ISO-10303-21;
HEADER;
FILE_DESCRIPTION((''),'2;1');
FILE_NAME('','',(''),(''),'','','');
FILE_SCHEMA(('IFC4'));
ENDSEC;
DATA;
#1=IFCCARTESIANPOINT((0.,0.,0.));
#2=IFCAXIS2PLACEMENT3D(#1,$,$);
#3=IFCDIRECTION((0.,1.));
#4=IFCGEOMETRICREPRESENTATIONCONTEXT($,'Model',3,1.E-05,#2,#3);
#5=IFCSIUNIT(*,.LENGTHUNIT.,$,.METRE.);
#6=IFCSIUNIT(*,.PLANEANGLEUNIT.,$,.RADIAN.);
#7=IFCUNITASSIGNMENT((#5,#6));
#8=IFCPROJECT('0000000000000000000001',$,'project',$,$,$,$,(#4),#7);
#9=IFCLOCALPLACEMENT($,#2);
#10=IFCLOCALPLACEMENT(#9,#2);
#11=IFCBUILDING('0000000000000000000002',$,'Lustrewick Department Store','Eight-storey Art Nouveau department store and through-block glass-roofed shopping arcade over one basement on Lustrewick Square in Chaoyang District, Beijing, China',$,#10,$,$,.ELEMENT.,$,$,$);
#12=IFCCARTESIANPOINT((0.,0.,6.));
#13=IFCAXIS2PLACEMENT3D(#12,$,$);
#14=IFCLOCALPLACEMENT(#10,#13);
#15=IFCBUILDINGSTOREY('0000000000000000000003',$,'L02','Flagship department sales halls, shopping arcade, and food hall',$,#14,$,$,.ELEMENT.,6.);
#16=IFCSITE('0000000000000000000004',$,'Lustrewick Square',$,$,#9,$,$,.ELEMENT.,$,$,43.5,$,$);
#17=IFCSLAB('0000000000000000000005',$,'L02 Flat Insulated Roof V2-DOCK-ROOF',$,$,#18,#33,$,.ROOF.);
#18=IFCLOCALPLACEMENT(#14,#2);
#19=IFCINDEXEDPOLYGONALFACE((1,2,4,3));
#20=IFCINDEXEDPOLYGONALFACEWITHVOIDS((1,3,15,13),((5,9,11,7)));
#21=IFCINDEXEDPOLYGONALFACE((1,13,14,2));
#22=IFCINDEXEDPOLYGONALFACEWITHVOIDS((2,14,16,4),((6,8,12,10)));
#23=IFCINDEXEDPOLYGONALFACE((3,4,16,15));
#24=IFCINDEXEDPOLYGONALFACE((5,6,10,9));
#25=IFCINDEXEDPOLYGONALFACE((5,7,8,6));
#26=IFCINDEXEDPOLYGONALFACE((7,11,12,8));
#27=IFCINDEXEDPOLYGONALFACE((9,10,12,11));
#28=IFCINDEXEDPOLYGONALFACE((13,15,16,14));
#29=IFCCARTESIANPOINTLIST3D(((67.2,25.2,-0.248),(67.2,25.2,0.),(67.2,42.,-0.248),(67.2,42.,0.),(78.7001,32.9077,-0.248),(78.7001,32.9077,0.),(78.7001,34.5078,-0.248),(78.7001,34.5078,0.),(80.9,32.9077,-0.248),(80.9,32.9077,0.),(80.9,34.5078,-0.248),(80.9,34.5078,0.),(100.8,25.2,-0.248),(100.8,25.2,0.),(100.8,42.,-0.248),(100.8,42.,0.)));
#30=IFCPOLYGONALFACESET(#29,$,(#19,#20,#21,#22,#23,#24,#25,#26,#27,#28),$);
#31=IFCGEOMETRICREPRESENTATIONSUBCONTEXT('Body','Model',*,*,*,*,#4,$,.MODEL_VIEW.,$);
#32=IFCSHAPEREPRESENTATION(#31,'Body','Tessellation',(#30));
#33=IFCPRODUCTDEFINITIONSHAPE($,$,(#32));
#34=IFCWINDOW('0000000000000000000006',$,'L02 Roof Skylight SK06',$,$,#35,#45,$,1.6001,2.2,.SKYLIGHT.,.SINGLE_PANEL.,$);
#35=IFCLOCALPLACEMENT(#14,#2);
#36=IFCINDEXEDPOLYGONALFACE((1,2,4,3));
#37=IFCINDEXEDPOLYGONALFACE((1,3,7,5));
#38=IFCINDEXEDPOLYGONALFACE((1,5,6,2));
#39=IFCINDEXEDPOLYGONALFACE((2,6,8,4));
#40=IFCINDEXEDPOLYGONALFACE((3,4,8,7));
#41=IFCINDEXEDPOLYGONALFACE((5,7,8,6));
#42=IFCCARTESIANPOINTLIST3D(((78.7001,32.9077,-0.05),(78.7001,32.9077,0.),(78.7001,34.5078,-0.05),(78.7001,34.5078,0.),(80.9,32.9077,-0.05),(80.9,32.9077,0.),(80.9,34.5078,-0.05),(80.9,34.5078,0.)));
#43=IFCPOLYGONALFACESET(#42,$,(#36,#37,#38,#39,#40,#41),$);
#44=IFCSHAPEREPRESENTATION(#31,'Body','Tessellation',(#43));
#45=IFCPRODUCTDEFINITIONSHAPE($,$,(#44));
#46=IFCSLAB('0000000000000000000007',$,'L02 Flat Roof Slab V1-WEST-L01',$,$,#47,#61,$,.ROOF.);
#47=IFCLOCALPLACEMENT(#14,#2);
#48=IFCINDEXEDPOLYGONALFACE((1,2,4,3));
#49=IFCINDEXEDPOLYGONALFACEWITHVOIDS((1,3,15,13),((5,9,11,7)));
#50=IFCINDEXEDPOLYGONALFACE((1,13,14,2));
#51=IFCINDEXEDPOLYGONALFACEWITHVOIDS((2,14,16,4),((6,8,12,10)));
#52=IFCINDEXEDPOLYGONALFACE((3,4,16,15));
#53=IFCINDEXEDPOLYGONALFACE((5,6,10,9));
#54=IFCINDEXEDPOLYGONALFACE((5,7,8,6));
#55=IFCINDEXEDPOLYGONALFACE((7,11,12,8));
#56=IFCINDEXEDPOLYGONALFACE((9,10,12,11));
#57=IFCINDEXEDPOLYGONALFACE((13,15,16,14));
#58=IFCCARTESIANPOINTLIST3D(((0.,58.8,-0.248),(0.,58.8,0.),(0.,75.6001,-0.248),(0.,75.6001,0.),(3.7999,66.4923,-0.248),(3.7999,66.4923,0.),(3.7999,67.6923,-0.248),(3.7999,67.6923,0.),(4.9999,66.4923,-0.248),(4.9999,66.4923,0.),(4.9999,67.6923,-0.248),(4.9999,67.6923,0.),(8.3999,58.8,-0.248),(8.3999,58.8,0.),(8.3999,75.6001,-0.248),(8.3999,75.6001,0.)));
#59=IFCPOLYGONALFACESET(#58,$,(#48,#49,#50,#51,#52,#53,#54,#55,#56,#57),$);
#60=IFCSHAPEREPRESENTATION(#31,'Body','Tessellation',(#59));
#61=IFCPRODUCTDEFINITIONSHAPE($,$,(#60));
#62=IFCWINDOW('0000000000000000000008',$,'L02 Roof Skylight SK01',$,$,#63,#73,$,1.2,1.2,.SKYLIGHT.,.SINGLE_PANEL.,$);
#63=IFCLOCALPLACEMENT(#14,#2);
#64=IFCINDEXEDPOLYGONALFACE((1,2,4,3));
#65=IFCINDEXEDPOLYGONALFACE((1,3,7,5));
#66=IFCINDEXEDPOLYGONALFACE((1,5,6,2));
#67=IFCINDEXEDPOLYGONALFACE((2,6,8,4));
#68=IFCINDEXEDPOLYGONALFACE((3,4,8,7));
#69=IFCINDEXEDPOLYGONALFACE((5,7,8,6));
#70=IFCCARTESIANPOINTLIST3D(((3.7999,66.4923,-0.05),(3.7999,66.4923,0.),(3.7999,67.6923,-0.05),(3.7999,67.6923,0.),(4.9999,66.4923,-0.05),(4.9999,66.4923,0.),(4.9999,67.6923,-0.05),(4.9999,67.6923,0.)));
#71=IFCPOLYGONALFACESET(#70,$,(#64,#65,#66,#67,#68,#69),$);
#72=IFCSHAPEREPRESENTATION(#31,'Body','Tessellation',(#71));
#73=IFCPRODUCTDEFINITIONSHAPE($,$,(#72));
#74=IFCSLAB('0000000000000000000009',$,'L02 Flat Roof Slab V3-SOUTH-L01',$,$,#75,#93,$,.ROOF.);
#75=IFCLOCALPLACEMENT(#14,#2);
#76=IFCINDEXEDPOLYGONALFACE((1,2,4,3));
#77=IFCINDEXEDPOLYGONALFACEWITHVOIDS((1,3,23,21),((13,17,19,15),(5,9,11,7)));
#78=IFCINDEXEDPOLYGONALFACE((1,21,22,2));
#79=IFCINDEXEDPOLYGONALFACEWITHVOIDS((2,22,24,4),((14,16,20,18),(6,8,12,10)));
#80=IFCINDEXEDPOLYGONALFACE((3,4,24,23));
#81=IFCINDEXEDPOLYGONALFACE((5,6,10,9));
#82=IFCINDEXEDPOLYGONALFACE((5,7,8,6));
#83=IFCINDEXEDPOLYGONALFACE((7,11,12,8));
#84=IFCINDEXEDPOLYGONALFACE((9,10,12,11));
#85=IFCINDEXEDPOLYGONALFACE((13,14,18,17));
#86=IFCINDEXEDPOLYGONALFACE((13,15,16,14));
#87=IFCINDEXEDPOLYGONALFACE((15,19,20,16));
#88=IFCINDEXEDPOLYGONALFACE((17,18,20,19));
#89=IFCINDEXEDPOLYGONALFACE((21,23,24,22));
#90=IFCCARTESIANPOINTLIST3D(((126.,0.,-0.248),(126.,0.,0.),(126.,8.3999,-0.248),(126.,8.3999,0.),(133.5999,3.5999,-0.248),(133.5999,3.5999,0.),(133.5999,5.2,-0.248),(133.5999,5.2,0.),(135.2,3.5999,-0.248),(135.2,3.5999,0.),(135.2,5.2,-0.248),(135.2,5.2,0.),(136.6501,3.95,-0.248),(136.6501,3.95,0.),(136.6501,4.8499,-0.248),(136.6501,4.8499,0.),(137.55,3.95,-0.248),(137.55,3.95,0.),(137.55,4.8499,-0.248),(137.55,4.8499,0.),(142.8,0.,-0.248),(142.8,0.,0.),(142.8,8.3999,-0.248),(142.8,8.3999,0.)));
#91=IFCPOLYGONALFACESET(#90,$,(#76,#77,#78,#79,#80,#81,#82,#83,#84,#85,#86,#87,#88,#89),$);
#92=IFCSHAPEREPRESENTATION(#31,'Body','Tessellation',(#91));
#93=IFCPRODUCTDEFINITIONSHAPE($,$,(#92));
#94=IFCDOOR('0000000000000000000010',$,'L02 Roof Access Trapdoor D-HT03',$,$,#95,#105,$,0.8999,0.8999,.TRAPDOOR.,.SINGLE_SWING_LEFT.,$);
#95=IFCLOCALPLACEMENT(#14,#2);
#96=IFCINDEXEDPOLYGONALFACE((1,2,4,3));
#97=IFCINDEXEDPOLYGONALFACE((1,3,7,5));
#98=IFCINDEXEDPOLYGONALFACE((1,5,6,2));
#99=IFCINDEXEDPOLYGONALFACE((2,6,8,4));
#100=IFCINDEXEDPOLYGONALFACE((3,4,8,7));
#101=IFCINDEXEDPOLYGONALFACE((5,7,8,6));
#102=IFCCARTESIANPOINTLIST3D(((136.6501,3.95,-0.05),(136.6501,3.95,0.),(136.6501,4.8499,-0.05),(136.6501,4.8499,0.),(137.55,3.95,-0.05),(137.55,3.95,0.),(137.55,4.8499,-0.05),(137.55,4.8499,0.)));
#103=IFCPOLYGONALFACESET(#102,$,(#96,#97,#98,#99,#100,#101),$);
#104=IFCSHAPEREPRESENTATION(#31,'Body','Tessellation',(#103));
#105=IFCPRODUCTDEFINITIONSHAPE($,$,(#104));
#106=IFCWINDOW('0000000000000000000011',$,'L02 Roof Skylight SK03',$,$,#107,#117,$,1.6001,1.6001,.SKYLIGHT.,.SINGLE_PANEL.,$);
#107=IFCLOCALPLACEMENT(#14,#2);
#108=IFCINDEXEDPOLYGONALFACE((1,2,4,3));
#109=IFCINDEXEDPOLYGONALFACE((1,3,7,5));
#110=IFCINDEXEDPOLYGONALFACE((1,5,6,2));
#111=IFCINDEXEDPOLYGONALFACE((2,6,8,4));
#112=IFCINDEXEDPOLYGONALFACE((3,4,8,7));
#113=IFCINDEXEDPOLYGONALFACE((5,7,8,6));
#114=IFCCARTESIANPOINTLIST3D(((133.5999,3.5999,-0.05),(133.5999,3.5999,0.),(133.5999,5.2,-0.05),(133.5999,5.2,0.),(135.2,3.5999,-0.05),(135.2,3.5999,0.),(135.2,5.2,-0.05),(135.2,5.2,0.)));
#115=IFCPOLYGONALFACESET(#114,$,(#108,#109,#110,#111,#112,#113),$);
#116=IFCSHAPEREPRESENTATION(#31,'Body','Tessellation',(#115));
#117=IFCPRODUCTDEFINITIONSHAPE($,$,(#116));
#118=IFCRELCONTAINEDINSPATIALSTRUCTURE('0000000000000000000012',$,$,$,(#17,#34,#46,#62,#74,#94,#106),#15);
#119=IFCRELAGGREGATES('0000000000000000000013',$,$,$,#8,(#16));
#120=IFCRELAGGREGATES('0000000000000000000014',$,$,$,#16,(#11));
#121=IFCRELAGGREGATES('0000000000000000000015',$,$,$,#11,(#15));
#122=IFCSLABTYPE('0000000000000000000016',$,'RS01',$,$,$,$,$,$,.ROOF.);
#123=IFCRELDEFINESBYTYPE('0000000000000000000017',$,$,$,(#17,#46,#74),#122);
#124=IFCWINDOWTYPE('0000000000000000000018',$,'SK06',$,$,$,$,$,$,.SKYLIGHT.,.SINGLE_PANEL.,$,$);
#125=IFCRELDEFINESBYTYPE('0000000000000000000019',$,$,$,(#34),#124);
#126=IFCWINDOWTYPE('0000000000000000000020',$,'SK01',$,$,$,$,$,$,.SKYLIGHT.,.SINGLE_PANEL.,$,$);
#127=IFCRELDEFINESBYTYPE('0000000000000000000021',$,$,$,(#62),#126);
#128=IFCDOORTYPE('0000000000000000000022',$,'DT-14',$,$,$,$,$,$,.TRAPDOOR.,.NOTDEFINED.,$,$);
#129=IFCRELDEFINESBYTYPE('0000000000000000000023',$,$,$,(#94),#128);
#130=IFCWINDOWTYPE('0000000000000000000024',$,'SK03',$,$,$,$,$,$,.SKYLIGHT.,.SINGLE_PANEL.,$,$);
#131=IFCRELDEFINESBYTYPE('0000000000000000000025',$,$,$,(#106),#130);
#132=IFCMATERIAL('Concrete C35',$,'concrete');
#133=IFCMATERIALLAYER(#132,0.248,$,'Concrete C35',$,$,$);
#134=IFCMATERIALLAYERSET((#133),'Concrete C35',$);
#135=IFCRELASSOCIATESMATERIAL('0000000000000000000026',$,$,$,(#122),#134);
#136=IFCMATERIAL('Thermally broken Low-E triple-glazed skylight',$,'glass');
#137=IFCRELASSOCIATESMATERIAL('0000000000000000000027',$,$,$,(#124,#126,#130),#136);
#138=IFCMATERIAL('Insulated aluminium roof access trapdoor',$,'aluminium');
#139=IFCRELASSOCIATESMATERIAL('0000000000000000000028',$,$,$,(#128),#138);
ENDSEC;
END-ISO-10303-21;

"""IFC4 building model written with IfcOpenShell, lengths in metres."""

from ifc_helpers import new_model, si_unit, direction, frame, origin, origin_2d, place, context, subcontext, project, spatial, polyline, rectangle, outline, extrude, material, layer, layer_set, type_object, element, fill, save


model = new_model("IFC4")

# Units and contexts
model_context = context("Model", 3, precision=1e-05, world=origin(), true_north=direction((0.0, 1.0)))
body_context = subcontext(model_context, "Body", "Model", "MODEL_VIEW")
ifc_project = project(units=[si_unit("LENGTHUNIT", "METRE"), si_unit("PLANEANGLEUNIT", "RADIAN")], contexts=[model_context])

# Site, building, storey
site_placement = place(None, origin())
site = spatial("IfcSite", under=ifc_project, at=site_placement, Name="Lustrewick Square", CompositionType="ELEMENT", RefElevation=43.5)
building_placement = place(site_placement, origin())
building = spatial("IfcBuilding", under=site, at=building_placement, Name="Lustrewick Department Store", Description="Eight-storey Art Nouveau department store and through-block glass-roofed shopping arcade over one basement on Lustrewick Square in Chaoyang District, Beijing, China", CompositionType="ELEMENT")
storey_placement = place(building_placement, frame((0.0, 0.0, 6.0)))
storey = spatial("IfcBuildingStorey", under=building, at=storey_placement, Name="L02", Description="Flagship department sales halls, shopping arcade, and food hall", CompositionType="ELEMENT", Elevation=6.0)

# Slabs, openings, windows
ifc_material_1 = material(Name="Concrete C35", Category="concrete")
ifc_layer_1 = layer(ifc_material_1, 0.248, Name="Concrete C35")
ifc_layer_set_1 = layer_set([ifc_layer_1], Name="Concrete C35")
slab_type_1 = type_object("IfcSlabType", Name="RS01", PredefinedType="ROOF", material=ifc_layer_set_1)
slab_1_placement = place(storey_placement, frame((0.0, 0.0, -0.248)))
slab_1 = element("IfcSlab", 1, at=slab_1_placement, inside=storey, type_object=slab_type_1, Name="L02 Flat Insulated Roof V2-DOCK-ROOF", PredefinedType="ROOF", context=body_context, shape_type="SweptSolid", body=[
    extrude(outline(polyline([(100.8, 25.2), (100.8, 42.0), (67.2, 42.0), (67.2, 25.2), (100.8, 25.2)])), origin(), (0.0, 0.0, 1.0), 0.248),
])
opening_1_placement = place(slab_1_placement, frame((79.8, 33.7078, -0.01)))
opening_1 = element("IfcOpeningElement", 2, at=opening_1_placement, cuts=slab_1, PredefinedType="OPENING", context=body_context, shape_type="SweptSolid", body=[
    extrude(rectangle(XDim=2.2, YDim=1.6001, at=origin_2d()), origin(), (0.0, 0.0, 1.0), 0.2681),
])
ifc_material_2 = material(Name="Thermally broken Low-E triple-glazed skylight", Category="glass")
window_type_1 = type_object("IfcWindowType", Name="SK06", PartitioningType="SINGLE_PANEL", PredefinedType="SKYLIGHT", material=ifc_material_2)
window_1_placement = place(opening_1_placement, frame((0.0, 0.0, 0.208)))
window_1 = element("IfcWindow", 3, at=window_1_placement, inside=storey, type_object=window_type_1, Name="L02 Roof Skylight SK06", OverallHeight=1.6001, OverallWidth=2.2, PartitioningType="SINGLE_PANEL", PredefinedType="SKYLIGHT", context=body_context, shape_type="SweptSolid", body=[
    extrude(rectangle(XDim=2.2, YDim=1.6001, at=origin_2d()), origin(), (0.0, 0.0, 1.0), 0.05),
])
fill(opening_1, window_1)
slab_2_placement = place(storey_placement, frame((0.0, 0.0, -0.248)))
slab_2 = element("IfcSlab", 4, at=slab_2_placement, inside=storey, type_object=slab_type_1, Name="L02 Flat Roof Slab V1-WEST-L01", PredefinedType="ROOF", context=body_context, shape_type="SweptSolid", body=[
    extrude(outline(polyline([(8.3999, 58.8), (8.3999, 75.6001), (0.0, 75.6001), (0.0, 58.8), (8.3999, 58.8)])), origin(), (0.0, 0.0, 1.0), 0.248),
])
opening_2_placement = place(slab_2_placement, frame((4.3999, 67.0923, -0.01)))
opening_2 = element("IfcOpeningElement", 5, at=opening_2_placement, cuts=slab_2, PredefinedType="OPENING", context=body_context, shape_type="SweptSolid", body=[
    extrude(rectangle(XDim=1.2, YDim=1.2, at=origin_2d()), origin(), (0.0, 0.0, 1.0), 0.2681),
])
window_type_2 = type_object("IfcWindowType", Name="SK01", PartitioningType="SINGLE_PANEL", PredefinedType="SKYLIGHT", material=ifc_material_2)
window_2_placement = place(opening_2_placement, frame((0.0, 0.0, 0.208)))
window_2 = element("IfcWindow", 6, at=window_2_placement, inside=storey, type_object=window_type_2, Name="L02 Roof Skylight SK01", OverallHeight=1.2, OverallWidth=1.2, PartitioningType="SINGLE_PANEL", PredefinedType="SKYLIGHT", context=body_context, shape_type="SweptSolid", body=[
    extrude(rectangle(XDim=1.2, YDim=1.2, at=origin_2d()), origin(), (0.0, 0.0, 1.0), 0.05),
])
fill(opening_2, window_2)

# Slab, openings, door, window
slab_3_placement = place(storey_placement, frame((0.0, 0.0, -0.248)))
slab_3 = element("IfcSlab", 7, at=slab_3_placement, inside=storey, type_object=slab_type_1, Name="L02 Flat Roof Slab V3-SOUTH-L01", PredefinedType="ROOF", context=body_context, shape_type="SweptSolid", body=[
    extrude(outline(polyline([(142.8, 0.0), (142.8, 8.3999), (126.0, 8.3999), (126.0, 0.0), (142.8, 0.0)])), origin(), (0.0, 0.0, 1.0), 0.248),
])
opening_3_placement = place(slab_3_placement, frame((134.3999, 4.3999, -0.01)))
opening_3 = element("IfcOpeningElement", 8, at=opening_3_placement, cuts=slab_3, PredefinedType="OPENING", context=body_context, shape_type="SweptSolid", body=[
    extrude(rectangle(XDim=1.6001, YDim=1.6001, at=origin_2d()), origin(), (0.0, 0.0, 1.0), 0.2681),
])
opening_4_placement = place(slab_3_placement, frame((137.1001, 4.3999, -0.01)))
opening_4 = element("IfcOpeningElement", 9, at=opening_4_placement, cuts=slab_3, PredefinedType="OPENING", context=body_context, shape_type="SweptSolid", body=[
    extrude(rectangle(XDim=0.8999, YDim=0.8999, at=origin_2d()), origin(), (0.0, 0.0, 1.0), 0.2681),
])
ifc_material_3 = material(Name="Insulated aluminium roof access trapdoor", Category="aluminium")
door_type = type_object("IfcDoorType", Name="DT-14", OperationType="NOTDEFINED", PredefinedType="TRAPDOOR", material=ifc_material_3)
door_placement = place(opening_4_placement, frame((0.0, 0.0, 0.208)))
door = element("IfcDoor", 10, at=door_placement, inside=storey, type_object=door_type, Name="L02 Roof Access Trapdoor D-HT03", OperationType="SINGLE_SWING_LEFT", OverallHeight=0.8999, OverallWidth=0.8999, PredefinedType="TRAPDOOR", context=body_context, shape_type="SweptSolid", body=[
    extrude(rectangle(XDim=0.8999, YDim=0.8999, at=origin_2d()), origin(), (0.0, 0.0, 1.0), 0.05),
])
fill(opening_4, door)
window_type_3 = type_object("IfcWindowType", Name="SK03", PartitioningType="SINGLE_PANEL", PredefinedType="SKYLIGHT", material=ifc_material_2)
window_3_placement = place(opening_3_placement, frame((0.0, 0.0, 0.208)))
window_3 = element("IfcWindow", 11, at=window_3_placement, inside=storey, type_object=window_type_3, Name="L02 Roof Skylight SK03", OverallHeight=1.6001, OverallWidth=1.6001, PartitioningType="SINGLE_PANEL", PredefinedType="SKYLIGHT", context=body_context, shape_type="SweptSolid", body=[
    extrude(rectangle(XDim=1.6001, YDim=1.6001, at=origin_2d()), origin(), (0.0, 0.0, 1.0), 0.05),
])
fill(opening_3, window_3)

save(model, "model.ifc")
